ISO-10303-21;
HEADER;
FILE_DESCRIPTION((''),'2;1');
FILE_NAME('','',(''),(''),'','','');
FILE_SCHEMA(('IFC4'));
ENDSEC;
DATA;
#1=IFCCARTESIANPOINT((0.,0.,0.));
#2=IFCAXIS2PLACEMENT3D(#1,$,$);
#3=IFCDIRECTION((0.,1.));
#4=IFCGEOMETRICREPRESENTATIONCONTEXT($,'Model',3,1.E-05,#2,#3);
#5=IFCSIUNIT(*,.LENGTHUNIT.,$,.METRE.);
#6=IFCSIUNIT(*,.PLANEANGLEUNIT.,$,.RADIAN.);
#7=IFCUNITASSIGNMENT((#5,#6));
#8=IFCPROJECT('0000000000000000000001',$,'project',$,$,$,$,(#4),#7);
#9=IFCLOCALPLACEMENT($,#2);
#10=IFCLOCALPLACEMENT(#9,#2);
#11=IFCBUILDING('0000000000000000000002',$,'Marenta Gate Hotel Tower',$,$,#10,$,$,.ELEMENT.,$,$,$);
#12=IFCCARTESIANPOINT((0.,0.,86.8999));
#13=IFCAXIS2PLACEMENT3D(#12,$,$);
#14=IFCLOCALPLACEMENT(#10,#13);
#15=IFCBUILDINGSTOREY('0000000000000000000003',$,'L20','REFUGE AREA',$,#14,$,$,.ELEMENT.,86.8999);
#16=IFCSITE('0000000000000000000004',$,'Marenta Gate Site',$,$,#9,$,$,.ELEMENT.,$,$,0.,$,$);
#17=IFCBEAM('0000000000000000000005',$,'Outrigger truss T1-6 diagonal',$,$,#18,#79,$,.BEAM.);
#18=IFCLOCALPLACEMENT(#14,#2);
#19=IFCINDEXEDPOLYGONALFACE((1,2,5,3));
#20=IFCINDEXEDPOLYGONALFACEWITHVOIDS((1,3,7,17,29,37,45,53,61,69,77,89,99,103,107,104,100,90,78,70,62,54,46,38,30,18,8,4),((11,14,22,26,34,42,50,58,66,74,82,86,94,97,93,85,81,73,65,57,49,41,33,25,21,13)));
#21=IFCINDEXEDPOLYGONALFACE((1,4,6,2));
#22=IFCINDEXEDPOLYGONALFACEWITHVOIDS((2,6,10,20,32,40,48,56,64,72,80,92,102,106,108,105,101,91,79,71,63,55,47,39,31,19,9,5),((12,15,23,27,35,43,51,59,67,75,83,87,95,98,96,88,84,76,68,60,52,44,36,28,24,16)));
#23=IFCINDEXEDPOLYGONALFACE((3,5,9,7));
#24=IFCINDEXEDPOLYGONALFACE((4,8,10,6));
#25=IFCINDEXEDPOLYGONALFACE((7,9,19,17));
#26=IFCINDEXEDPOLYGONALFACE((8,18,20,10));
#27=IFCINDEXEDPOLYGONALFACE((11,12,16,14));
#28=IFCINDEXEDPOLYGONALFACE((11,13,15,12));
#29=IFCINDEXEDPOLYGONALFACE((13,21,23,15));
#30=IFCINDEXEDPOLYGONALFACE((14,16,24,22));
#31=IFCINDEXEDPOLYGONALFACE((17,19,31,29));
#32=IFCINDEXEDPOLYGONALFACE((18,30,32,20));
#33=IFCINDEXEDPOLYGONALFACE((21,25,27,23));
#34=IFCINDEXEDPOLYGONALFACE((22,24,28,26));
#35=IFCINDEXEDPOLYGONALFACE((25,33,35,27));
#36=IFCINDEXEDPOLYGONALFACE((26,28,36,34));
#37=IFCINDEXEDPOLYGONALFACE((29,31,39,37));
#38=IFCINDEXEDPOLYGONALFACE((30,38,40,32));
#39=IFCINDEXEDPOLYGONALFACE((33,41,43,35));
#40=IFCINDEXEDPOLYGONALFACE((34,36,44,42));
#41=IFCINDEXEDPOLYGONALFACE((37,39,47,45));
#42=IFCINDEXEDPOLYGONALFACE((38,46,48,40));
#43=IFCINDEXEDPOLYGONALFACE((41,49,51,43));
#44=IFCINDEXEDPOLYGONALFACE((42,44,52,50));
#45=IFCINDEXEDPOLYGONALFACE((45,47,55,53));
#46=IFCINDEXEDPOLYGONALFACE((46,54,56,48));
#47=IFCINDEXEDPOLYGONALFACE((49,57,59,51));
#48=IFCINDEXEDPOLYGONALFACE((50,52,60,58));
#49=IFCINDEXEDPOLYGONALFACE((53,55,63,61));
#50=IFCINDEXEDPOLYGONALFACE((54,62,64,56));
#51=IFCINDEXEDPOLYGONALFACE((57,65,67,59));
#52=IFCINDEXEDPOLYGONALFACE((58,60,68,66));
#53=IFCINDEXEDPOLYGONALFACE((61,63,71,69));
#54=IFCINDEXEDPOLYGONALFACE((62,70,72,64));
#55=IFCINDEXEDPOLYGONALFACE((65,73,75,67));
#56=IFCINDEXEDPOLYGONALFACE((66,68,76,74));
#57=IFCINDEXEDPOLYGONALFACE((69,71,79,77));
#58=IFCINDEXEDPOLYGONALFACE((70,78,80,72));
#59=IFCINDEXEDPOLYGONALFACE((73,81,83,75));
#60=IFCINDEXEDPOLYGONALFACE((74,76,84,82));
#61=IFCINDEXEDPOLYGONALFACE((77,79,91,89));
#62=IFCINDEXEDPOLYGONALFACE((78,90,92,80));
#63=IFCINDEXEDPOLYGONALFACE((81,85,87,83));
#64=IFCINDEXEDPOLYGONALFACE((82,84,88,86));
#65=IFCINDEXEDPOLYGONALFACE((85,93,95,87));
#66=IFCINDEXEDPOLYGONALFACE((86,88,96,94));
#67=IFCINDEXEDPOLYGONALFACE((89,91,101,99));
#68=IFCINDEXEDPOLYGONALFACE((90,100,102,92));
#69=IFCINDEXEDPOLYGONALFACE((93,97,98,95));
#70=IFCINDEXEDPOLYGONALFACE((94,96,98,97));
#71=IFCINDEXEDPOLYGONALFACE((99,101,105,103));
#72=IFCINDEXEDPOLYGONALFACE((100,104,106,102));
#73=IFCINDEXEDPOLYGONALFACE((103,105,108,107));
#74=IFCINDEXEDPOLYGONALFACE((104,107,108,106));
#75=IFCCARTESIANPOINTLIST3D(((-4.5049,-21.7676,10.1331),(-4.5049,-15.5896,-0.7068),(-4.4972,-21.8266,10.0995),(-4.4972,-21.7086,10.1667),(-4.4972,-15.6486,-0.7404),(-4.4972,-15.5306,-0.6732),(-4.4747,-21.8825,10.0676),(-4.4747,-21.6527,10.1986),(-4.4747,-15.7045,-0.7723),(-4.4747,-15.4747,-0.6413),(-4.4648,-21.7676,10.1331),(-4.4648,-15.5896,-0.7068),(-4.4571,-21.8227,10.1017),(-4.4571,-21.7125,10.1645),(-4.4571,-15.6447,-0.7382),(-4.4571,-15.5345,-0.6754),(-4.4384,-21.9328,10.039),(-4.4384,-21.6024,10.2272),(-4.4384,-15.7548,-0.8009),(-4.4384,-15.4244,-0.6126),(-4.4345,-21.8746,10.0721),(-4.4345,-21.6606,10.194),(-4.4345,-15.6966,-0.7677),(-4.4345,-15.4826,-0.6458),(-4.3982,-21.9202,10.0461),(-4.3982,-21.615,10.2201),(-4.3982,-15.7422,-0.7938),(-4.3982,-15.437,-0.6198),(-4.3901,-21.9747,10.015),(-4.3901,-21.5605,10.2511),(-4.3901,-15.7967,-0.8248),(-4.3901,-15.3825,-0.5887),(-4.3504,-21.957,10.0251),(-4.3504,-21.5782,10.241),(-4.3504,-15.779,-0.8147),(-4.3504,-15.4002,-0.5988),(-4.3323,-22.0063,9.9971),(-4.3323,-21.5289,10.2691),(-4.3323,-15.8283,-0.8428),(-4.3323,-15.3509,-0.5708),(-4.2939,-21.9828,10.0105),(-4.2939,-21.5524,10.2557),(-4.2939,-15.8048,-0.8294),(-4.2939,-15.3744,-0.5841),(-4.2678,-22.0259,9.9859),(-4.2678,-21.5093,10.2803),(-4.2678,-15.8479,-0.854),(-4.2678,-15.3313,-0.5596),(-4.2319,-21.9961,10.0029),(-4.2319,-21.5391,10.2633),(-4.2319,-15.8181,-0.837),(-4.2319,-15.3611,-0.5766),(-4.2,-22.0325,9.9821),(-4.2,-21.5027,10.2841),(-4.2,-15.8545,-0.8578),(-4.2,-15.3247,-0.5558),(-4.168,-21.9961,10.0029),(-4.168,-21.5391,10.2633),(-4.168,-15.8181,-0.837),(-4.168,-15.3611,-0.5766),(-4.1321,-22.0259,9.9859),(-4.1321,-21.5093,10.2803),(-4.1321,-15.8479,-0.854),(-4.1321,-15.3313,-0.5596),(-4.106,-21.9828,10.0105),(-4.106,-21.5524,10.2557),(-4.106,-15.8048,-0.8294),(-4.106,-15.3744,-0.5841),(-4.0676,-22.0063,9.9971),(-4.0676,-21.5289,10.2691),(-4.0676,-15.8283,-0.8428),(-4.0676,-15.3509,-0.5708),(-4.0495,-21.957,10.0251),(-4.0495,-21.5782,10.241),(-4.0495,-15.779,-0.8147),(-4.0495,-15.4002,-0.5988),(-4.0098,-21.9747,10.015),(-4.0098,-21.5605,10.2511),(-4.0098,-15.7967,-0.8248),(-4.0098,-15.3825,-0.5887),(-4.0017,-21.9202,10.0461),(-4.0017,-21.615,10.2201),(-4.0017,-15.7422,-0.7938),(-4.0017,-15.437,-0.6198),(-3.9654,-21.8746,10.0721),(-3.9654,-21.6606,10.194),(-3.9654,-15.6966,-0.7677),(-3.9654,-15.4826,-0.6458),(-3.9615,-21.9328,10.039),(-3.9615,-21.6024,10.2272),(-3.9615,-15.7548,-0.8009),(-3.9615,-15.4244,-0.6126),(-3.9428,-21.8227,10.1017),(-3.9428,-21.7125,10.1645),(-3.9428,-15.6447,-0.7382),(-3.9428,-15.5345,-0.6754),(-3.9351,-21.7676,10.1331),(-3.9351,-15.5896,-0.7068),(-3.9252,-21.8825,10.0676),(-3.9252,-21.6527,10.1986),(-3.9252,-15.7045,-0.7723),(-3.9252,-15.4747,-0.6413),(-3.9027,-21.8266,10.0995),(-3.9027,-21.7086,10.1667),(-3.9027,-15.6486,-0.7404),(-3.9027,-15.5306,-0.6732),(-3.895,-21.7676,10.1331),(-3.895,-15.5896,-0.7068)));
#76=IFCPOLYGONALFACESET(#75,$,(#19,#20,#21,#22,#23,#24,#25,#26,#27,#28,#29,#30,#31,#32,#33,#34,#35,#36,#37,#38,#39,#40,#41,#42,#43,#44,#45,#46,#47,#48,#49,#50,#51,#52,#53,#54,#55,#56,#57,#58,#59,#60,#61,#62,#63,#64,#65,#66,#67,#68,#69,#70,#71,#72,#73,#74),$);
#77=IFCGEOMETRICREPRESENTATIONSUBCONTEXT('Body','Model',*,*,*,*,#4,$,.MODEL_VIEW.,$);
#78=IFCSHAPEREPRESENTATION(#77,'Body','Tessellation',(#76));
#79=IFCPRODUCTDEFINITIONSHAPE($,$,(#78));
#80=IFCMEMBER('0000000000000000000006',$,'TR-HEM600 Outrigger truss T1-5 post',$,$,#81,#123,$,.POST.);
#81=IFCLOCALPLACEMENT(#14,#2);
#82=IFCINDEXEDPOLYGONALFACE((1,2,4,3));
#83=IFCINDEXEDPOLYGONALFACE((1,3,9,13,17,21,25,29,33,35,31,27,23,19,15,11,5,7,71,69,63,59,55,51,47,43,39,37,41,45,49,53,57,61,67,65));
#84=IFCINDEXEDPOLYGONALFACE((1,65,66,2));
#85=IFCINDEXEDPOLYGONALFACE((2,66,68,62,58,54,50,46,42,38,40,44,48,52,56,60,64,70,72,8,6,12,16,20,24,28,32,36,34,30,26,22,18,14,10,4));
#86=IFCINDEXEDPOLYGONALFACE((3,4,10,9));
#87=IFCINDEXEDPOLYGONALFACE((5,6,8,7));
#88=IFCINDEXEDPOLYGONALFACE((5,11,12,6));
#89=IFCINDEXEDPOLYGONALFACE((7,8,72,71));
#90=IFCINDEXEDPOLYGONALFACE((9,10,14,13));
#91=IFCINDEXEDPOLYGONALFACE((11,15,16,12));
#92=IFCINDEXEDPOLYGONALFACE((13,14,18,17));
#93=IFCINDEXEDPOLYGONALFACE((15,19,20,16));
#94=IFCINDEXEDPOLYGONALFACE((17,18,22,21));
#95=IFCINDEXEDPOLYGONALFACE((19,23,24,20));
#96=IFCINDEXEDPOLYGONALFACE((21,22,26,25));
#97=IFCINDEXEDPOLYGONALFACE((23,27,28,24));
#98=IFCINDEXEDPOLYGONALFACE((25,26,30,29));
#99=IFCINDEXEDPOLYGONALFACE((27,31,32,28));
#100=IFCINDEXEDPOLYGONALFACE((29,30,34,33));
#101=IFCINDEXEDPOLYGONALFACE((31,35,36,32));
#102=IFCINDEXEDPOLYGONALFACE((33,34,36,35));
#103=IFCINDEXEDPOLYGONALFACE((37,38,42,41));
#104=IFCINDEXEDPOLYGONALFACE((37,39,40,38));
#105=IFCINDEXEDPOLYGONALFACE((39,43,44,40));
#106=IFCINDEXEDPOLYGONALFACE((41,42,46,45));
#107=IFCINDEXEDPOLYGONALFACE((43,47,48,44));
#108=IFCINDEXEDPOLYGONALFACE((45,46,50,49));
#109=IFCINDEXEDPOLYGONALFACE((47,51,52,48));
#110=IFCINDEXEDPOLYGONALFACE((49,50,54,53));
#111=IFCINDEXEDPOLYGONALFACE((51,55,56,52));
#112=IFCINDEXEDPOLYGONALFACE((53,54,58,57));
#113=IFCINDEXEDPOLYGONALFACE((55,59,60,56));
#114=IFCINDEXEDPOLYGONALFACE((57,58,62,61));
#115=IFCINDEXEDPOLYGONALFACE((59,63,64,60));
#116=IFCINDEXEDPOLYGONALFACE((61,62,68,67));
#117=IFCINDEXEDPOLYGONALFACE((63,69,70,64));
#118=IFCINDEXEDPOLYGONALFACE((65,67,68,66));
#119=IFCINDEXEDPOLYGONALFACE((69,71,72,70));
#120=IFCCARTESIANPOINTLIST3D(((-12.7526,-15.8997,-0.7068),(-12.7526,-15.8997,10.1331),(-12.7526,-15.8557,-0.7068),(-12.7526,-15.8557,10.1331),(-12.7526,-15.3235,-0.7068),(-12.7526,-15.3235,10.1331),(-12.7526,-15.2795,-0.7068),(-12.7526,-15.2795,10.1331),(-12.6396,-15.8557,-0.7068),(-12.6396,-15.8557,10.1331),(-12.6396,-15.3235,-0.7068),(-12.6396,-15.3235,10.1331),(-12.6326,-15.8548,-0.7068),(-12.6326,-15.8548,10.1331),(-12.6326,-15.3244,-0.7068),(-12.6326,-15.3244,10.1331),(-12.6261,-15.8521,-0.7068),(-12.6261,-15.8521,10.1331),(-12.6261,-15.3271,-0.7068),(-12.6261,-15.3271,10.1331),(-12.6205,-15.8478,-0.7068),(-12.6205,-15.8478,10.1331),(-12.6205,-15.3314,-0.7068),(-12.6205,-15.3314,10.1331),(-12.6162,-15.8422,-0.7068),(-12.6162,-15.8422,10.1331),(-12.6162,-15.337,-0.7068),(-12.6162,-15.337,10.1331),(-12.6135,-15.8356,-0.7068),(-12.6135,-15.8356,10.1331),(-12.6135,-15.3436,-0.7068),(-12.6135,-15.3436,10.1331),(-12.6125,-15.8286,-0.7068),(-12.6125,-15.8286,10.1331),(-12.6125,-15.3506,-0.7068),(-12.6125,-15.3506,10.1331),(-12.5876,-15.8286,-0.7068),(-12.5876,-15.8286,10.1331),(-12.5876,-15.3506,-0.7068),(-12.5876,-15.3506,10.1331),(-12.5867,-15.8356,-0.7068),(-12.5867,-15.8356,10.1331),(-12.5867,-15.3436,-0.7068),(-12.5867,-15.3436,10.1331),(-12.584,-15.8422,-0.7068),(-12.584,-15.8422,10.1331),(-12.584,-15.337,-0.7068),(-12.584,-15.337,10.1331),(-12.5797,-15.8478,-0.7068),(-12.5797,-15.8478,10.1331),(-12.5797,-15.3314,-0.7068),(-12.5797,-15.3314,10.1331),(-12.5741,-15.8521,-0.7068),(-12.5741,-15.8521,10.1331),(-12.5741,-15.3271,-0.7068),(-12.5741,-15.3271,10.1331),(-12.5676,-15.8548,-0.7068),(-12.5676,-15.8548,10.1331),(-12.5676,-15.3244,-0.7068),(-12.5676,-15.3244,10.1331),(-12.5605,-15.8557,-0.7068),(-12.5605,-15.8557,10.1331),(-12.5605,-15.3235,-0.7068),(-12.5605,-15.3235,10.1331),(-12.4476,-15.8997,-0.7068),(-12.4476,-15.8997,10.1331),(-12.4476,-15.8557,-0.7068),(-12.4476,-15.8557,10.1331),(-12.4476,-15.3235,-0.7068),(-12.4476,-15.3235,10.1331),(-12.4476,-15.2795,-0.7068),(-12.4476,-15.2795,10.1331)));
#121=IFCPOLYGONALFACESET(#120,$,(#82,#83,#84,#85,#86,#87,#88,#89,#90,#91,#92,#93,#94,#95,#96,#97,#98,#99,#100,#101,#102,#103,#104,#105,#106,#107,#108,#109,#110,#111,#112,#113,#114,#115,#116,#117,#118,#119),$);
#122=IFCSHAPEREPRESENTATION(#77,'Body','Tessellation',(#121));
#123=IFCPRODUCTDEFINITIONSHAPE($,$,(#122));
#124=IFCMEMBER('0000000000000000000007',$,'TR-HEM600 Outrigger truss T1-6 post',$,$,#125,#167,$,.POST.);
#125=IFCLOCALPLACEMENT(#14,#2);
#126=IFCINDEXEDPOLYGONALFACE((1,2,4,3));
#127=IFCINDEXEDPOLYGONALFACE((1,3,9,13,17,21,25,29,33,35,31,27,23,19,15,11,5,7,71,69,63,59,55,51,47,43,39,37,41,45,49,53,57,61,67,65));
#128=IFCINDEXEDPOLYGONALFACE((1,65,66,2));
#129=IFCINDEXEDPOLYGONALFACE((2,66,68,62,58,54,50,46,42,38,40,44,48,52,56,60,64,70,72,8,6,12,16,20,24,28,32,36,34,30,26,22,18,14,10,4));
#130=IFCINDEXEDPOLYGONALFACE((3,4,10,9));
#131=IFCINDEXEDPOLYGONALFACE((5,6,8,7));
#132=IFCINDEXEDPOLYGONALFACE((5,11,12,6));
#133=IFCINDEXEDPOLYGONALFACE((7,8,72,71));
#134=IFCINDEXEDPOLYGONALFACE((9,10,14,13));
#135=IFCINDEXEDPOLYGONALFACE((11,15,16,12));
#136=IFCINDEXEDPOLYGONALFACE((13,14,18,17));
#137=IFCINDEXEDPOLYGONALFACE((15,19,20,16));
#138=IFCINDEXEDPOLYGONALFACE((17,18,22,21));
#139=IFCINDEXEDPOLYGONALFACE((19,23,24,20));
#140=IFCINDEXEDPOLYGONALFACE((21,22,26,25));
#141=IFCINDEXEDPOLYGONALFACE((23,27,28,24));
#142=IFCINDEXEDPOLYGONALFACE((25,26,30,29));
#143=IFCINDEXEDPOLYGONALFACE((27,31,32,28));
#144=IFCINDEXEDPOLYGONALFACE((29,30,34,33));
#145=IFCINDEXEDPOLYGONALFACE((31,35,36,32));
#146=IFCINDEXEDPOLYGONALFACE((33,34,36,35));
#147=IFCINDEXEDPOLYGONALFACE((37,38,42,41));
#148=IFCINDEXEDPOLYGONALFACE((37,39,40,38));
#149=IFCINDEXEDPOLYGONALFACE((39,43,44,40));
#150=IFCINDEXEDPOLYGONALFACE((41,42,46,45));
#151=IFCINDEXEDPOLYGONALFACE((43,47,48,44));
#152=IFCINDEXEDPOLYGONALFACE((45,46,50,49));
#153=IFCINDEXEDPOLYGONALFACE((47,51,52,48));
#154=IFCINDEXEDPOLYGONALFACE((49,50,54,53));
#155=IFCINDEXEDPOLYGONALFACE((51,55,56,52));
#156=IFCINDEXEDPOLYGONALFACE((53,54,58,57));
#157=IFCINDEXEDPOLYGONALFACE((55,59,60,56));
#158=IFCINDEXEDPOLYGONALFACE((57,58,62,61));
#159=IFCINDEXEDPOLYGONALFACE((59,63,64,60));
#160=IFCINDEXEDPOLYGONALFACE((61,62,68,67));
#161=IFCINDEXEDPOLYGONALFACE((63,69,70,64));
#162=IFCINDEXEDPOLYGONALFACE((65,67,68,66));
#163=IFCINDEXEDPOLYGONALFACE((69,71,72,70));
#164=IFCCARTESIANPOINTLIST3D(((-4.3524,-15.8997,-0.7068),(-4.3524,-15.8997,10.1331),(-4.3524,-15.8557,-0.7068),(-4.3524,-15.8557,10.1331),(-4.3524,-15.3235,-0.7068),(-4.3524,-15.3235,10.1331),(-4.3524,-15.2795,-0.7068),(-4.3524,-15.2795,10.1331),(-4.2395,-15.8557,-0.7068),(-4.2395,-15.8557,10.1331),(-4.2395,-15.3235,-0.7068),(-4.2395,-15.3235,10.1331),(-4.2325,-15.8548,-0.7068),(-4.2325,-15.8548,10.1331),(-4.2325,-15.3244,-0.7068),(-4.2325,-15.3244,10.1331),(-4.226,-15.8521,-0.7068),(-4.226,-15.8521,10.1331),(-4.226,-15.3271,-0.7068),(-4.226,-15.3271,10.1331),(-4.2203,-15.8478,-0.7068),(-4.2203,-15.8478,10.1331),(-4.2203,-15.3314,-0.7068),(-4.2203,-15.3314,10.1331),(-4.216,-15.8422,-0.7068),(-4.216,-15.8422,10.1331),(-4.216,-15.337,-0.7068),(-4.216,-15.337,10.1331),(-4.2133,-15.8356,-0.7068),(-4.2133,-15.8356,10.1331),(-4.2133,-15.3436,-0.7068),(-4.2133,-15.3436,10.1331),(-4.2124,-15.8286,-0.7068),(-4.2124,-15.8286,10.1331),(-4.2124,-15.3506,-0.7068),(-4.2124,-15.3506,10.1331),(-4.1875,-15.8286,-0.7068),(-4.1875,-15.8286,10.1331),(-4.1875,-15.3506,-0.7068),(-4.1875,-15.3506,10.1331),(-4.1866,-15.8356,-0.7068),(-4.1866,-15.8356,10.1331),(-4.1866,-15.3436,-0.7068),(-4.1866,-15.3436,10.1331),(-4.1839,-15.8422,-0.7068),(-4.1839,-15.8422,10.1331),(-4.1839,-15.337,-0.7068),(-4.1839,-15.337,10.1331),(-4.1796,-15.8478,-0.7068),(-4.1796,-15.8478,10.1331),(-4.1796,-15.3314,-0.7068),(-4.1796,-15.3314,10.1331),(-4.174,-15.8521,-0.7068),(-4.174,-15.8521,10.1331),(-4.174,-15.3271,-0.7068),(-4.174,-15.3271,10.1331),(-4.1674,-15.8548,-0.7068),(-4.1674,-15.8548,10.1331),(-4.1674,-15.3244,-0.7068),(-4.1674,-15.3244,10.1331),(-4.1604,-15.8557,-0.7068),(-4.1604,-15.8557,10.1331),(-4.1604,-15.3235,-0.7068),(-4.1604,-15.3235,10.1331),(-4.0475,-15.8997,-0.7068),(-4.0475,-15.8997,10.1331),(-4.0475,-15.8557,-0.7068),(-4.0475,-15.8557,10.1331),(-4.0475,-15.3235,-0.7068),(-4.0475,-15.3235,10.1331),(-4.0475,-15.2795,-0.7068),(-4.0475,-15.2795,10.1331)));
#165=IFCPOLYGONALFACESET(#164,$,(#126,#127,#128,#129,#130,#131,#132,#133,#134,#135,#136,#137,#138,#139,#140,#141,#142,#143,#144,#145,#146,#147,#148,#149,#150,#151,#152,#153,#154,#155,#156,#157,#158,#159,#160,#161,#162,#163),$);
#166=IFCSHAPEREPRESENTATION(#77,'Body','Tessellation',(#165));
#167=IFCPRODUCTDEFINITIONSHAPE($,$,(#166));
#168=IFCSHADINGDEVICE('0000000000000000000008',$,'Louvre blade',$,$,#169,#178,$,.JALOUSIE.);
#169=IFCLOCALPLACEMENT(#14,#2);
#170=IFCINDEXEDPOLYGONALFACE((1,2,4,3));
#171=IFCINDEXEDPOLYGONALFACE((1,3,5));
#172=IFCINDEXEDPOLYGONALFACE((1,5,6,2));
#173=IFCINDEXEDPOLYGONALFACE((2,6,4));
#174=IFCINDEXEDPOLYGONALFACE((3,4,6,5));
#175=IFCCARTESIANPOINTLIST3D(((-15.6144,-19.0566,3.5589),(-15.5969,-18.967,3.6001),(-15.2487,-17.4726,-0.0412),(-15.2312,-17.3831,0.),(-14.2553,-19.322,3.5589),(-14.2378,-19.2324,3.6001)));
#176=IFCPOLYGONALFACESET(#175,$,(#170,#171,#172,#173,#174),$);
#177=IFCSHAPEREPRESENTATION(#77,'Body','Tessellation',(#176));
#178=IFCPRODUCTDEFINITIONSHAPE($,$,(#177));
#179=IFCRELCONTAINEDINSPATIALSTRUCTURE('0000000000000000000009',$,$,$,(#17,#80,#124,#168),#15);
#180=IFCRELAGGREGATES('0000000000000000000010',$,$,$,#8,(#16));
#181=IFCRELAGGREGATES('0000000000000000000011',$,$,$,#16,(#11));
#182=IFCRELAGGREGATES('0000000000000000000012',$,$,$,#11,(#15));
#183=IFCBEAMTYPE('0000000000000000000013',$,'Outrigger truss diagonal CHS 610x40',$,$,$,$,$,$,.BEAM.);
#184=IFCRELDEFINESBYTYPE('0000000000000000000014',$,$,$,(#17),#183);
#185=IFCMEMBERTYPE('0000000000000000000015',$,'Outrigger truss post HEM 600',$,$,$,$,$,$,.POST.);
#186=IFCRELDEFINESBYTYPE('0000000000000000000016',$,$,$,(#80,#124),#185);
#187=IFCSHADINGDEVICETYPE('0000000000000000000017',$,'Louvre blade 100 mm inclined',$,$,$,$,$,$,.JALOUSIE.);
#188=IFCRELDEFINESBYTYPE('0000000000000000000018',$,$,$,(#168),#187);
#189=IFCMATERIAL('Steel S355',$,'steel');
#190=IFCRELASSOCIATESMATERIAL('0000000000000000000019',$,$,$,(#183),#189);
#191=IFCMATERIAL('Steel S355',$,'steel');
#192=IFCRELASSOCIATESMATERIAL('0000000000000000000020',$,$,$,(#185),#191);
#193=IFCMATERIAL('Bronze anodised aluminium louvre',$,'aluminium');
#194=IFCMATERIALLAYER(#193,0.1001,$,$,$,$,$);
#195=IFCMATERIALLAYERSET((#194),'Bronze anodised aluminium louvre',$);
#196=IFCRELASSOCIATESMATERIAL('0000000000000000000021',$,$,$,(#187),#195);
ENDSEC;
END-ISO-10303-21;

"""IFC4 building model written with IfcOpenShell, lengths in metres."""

from ifc_helpers import new_model, si_unit, direction, frame, origin, origin_2d, place, context, subcontext, project, spatial, polyline, hollow_circle, i_section, outline, extrude, material, layer, layer_set, material_profile, profile_set, type_object, element, save


model = new_model("IFC4")

# Units and contexts
model_context = context("Model", 3, precision=1e-05, world=origin(), true_north=direction((0.0, 1.0)))
body_context = subcontext(model_context, "Body", "Model", "MODEL_VIEW")
ifc_project = project(units=[si_unit("LENGTHUNIT", "METRE"), si_unit("PLANEANGLEUNIT", "RADIAN")], contexts=[model_context])

# Site, building, storey
site_placement = place(None, origin())
site = spatial("IfcSite", under=ifc_project, at=site_placement, Name="Marenta Gate Site", CompositionType="ELEMENT", RefElevation=0.0)
building_placement = place(site_placement, origin())
building = spatial("IfcBuilding", under=site, at=building_placement, Name="Marenta Gate Hotel Tower", CompositionType="ELEMENT")
storey_placement = place(building_placement, frame((0.0, 0.0, 86.8999)))
storey = spatial("IfcBuildingStorey", under=building, at=storey_placement, Name="L20", Description="REFUGE AREA", CompositionType="ELEMENT", Elevation=86.8999)

# Beam
ifc_material_1 = material(Name="Steel S355", Category="steel")
ifc_material_profile_1 = material_profile(ifc_material_1, hollow_circle(Radius=0.3049, WallThickness=0.04, at=origin_2d()), Name="CHS 610x40")
ifc_profile_set_1 = profile_set([ifc_material_profile_1], Name="Steel S355")
beam_type_1 = type_object("IfcBeamType", Name="Outrigger truss diagonal CHS 610x40", PredefinedType="BEAM", material=ifc_profile_set_1)
beam_1_placement = place(storey_placement, frame((-4.2, -15.5896, -0.7068), z_axis=(0.0, -0.495159, 0.868803), x_axis=(1.0, 0.0, 0.0)))
element("IfcBeam", 1, at=beam_1_placement, inside=storey, type_object=beam_type_1, Name="Outrigger truss T1-6 diagonal", PredefinedType="BEAM", context=body_context, shape_type="SweptSolid", body=[
    extrude(hollow_circle(Radius=0.3049, WallThickness=0.04, at=origin_2d()), origin(), (0.0, 0.0, 1.0), 12.4768),
])

# Members
ifc_material_2 = material(Name="Steel S355", Category="steel")
ifc_material_profile_2 = material_profile(ifc_material_2, i_section(OverallWidth=0.3049, OverallDepth=0.6201, WebThickness=0.0249, FlangeThickness=0.0439, FilletRadius=0.0271, at=origin_2d()), Name="HEM 600")
ifc_profile_set_2 = profile_set([ifc_material_profile_2], Name="Steel S355")
member_type_1 = type_object("IfcMemberType", Name="Outrigger truss post HEM 600", PredefinedType="POST", material=ifc_profile_set_2)
for number, where, z_axis, x_axis, name in (
    (2, (-12.6001, -15.5896, -0.7068), (0.0, 0.0, 1.0), (1.0, 0.0, 0.0), "TR-HEM600 Outrigger truss T1-5 post"),
    (3, (-4.2, -15.5896, -0.7068), (0.0, 0.0, 1.0), (1.0, 0.0, 0.0), "TR-HEM600 Outrigger truss T1-6 post"),
):
    element("IfcMember", number, at=place(storey_placement, frame(where, z_axis=z_axis, x_axis=x_axis)), inside=storey, type_object=member_type_1, Name=name, PredefinedType="POST", context=body_context, shape_type="SweptSolid", body=[
        extrude(i_section(OverallWidth=0.3049, OverallDepth=0.6201, WebThickness=0.0249, FlangeThickness=0.0439, FilletRadius=0.0271, at=origin_2d()), origin(), (0.0, 0.0, 1.0), 10.8398),
    ])

# Shading device
ifc_material_3 = material(Name="Bronze anodised aluminium louvre", Category="aluminium")
ifc_layer = layer(ifc_material_3, 0.1001)
ifc_layer_set = layer_set([ifc_layer], Name="Bronze anodised aluminium louvre")
shading_device_type = type_object("IfcShadingDeviceType", Name="Louvre blade 100 mm inclined", PredefinedType="JALOUSIE", material=ifc_layer_set)
shading_device_placement = place(storey_placement, frame((-15.2312, -17.3831, 0.0), z_axis=(0.174675, 0.894585, 0.411347), x_axis=(0.238373, -0.443763, 0.863859)))
element("IfcShadingDevice", 4, at=shading_device_placement, inside=storey, type_object=shading_device_type, Name="Louvre blade", PredefinedType="JALOUSIE", context=body_context, shape_type="SweptSolid", body=[
    extrude(outline(polyline([(0.0, 0.0), (4.1675, 0.0), (3.7257, -1.3124), (0.0, 0.0)])), origin(), (0.0, 0.0, -1.0), 0.1001),
])

save(model, "model.ifc")
